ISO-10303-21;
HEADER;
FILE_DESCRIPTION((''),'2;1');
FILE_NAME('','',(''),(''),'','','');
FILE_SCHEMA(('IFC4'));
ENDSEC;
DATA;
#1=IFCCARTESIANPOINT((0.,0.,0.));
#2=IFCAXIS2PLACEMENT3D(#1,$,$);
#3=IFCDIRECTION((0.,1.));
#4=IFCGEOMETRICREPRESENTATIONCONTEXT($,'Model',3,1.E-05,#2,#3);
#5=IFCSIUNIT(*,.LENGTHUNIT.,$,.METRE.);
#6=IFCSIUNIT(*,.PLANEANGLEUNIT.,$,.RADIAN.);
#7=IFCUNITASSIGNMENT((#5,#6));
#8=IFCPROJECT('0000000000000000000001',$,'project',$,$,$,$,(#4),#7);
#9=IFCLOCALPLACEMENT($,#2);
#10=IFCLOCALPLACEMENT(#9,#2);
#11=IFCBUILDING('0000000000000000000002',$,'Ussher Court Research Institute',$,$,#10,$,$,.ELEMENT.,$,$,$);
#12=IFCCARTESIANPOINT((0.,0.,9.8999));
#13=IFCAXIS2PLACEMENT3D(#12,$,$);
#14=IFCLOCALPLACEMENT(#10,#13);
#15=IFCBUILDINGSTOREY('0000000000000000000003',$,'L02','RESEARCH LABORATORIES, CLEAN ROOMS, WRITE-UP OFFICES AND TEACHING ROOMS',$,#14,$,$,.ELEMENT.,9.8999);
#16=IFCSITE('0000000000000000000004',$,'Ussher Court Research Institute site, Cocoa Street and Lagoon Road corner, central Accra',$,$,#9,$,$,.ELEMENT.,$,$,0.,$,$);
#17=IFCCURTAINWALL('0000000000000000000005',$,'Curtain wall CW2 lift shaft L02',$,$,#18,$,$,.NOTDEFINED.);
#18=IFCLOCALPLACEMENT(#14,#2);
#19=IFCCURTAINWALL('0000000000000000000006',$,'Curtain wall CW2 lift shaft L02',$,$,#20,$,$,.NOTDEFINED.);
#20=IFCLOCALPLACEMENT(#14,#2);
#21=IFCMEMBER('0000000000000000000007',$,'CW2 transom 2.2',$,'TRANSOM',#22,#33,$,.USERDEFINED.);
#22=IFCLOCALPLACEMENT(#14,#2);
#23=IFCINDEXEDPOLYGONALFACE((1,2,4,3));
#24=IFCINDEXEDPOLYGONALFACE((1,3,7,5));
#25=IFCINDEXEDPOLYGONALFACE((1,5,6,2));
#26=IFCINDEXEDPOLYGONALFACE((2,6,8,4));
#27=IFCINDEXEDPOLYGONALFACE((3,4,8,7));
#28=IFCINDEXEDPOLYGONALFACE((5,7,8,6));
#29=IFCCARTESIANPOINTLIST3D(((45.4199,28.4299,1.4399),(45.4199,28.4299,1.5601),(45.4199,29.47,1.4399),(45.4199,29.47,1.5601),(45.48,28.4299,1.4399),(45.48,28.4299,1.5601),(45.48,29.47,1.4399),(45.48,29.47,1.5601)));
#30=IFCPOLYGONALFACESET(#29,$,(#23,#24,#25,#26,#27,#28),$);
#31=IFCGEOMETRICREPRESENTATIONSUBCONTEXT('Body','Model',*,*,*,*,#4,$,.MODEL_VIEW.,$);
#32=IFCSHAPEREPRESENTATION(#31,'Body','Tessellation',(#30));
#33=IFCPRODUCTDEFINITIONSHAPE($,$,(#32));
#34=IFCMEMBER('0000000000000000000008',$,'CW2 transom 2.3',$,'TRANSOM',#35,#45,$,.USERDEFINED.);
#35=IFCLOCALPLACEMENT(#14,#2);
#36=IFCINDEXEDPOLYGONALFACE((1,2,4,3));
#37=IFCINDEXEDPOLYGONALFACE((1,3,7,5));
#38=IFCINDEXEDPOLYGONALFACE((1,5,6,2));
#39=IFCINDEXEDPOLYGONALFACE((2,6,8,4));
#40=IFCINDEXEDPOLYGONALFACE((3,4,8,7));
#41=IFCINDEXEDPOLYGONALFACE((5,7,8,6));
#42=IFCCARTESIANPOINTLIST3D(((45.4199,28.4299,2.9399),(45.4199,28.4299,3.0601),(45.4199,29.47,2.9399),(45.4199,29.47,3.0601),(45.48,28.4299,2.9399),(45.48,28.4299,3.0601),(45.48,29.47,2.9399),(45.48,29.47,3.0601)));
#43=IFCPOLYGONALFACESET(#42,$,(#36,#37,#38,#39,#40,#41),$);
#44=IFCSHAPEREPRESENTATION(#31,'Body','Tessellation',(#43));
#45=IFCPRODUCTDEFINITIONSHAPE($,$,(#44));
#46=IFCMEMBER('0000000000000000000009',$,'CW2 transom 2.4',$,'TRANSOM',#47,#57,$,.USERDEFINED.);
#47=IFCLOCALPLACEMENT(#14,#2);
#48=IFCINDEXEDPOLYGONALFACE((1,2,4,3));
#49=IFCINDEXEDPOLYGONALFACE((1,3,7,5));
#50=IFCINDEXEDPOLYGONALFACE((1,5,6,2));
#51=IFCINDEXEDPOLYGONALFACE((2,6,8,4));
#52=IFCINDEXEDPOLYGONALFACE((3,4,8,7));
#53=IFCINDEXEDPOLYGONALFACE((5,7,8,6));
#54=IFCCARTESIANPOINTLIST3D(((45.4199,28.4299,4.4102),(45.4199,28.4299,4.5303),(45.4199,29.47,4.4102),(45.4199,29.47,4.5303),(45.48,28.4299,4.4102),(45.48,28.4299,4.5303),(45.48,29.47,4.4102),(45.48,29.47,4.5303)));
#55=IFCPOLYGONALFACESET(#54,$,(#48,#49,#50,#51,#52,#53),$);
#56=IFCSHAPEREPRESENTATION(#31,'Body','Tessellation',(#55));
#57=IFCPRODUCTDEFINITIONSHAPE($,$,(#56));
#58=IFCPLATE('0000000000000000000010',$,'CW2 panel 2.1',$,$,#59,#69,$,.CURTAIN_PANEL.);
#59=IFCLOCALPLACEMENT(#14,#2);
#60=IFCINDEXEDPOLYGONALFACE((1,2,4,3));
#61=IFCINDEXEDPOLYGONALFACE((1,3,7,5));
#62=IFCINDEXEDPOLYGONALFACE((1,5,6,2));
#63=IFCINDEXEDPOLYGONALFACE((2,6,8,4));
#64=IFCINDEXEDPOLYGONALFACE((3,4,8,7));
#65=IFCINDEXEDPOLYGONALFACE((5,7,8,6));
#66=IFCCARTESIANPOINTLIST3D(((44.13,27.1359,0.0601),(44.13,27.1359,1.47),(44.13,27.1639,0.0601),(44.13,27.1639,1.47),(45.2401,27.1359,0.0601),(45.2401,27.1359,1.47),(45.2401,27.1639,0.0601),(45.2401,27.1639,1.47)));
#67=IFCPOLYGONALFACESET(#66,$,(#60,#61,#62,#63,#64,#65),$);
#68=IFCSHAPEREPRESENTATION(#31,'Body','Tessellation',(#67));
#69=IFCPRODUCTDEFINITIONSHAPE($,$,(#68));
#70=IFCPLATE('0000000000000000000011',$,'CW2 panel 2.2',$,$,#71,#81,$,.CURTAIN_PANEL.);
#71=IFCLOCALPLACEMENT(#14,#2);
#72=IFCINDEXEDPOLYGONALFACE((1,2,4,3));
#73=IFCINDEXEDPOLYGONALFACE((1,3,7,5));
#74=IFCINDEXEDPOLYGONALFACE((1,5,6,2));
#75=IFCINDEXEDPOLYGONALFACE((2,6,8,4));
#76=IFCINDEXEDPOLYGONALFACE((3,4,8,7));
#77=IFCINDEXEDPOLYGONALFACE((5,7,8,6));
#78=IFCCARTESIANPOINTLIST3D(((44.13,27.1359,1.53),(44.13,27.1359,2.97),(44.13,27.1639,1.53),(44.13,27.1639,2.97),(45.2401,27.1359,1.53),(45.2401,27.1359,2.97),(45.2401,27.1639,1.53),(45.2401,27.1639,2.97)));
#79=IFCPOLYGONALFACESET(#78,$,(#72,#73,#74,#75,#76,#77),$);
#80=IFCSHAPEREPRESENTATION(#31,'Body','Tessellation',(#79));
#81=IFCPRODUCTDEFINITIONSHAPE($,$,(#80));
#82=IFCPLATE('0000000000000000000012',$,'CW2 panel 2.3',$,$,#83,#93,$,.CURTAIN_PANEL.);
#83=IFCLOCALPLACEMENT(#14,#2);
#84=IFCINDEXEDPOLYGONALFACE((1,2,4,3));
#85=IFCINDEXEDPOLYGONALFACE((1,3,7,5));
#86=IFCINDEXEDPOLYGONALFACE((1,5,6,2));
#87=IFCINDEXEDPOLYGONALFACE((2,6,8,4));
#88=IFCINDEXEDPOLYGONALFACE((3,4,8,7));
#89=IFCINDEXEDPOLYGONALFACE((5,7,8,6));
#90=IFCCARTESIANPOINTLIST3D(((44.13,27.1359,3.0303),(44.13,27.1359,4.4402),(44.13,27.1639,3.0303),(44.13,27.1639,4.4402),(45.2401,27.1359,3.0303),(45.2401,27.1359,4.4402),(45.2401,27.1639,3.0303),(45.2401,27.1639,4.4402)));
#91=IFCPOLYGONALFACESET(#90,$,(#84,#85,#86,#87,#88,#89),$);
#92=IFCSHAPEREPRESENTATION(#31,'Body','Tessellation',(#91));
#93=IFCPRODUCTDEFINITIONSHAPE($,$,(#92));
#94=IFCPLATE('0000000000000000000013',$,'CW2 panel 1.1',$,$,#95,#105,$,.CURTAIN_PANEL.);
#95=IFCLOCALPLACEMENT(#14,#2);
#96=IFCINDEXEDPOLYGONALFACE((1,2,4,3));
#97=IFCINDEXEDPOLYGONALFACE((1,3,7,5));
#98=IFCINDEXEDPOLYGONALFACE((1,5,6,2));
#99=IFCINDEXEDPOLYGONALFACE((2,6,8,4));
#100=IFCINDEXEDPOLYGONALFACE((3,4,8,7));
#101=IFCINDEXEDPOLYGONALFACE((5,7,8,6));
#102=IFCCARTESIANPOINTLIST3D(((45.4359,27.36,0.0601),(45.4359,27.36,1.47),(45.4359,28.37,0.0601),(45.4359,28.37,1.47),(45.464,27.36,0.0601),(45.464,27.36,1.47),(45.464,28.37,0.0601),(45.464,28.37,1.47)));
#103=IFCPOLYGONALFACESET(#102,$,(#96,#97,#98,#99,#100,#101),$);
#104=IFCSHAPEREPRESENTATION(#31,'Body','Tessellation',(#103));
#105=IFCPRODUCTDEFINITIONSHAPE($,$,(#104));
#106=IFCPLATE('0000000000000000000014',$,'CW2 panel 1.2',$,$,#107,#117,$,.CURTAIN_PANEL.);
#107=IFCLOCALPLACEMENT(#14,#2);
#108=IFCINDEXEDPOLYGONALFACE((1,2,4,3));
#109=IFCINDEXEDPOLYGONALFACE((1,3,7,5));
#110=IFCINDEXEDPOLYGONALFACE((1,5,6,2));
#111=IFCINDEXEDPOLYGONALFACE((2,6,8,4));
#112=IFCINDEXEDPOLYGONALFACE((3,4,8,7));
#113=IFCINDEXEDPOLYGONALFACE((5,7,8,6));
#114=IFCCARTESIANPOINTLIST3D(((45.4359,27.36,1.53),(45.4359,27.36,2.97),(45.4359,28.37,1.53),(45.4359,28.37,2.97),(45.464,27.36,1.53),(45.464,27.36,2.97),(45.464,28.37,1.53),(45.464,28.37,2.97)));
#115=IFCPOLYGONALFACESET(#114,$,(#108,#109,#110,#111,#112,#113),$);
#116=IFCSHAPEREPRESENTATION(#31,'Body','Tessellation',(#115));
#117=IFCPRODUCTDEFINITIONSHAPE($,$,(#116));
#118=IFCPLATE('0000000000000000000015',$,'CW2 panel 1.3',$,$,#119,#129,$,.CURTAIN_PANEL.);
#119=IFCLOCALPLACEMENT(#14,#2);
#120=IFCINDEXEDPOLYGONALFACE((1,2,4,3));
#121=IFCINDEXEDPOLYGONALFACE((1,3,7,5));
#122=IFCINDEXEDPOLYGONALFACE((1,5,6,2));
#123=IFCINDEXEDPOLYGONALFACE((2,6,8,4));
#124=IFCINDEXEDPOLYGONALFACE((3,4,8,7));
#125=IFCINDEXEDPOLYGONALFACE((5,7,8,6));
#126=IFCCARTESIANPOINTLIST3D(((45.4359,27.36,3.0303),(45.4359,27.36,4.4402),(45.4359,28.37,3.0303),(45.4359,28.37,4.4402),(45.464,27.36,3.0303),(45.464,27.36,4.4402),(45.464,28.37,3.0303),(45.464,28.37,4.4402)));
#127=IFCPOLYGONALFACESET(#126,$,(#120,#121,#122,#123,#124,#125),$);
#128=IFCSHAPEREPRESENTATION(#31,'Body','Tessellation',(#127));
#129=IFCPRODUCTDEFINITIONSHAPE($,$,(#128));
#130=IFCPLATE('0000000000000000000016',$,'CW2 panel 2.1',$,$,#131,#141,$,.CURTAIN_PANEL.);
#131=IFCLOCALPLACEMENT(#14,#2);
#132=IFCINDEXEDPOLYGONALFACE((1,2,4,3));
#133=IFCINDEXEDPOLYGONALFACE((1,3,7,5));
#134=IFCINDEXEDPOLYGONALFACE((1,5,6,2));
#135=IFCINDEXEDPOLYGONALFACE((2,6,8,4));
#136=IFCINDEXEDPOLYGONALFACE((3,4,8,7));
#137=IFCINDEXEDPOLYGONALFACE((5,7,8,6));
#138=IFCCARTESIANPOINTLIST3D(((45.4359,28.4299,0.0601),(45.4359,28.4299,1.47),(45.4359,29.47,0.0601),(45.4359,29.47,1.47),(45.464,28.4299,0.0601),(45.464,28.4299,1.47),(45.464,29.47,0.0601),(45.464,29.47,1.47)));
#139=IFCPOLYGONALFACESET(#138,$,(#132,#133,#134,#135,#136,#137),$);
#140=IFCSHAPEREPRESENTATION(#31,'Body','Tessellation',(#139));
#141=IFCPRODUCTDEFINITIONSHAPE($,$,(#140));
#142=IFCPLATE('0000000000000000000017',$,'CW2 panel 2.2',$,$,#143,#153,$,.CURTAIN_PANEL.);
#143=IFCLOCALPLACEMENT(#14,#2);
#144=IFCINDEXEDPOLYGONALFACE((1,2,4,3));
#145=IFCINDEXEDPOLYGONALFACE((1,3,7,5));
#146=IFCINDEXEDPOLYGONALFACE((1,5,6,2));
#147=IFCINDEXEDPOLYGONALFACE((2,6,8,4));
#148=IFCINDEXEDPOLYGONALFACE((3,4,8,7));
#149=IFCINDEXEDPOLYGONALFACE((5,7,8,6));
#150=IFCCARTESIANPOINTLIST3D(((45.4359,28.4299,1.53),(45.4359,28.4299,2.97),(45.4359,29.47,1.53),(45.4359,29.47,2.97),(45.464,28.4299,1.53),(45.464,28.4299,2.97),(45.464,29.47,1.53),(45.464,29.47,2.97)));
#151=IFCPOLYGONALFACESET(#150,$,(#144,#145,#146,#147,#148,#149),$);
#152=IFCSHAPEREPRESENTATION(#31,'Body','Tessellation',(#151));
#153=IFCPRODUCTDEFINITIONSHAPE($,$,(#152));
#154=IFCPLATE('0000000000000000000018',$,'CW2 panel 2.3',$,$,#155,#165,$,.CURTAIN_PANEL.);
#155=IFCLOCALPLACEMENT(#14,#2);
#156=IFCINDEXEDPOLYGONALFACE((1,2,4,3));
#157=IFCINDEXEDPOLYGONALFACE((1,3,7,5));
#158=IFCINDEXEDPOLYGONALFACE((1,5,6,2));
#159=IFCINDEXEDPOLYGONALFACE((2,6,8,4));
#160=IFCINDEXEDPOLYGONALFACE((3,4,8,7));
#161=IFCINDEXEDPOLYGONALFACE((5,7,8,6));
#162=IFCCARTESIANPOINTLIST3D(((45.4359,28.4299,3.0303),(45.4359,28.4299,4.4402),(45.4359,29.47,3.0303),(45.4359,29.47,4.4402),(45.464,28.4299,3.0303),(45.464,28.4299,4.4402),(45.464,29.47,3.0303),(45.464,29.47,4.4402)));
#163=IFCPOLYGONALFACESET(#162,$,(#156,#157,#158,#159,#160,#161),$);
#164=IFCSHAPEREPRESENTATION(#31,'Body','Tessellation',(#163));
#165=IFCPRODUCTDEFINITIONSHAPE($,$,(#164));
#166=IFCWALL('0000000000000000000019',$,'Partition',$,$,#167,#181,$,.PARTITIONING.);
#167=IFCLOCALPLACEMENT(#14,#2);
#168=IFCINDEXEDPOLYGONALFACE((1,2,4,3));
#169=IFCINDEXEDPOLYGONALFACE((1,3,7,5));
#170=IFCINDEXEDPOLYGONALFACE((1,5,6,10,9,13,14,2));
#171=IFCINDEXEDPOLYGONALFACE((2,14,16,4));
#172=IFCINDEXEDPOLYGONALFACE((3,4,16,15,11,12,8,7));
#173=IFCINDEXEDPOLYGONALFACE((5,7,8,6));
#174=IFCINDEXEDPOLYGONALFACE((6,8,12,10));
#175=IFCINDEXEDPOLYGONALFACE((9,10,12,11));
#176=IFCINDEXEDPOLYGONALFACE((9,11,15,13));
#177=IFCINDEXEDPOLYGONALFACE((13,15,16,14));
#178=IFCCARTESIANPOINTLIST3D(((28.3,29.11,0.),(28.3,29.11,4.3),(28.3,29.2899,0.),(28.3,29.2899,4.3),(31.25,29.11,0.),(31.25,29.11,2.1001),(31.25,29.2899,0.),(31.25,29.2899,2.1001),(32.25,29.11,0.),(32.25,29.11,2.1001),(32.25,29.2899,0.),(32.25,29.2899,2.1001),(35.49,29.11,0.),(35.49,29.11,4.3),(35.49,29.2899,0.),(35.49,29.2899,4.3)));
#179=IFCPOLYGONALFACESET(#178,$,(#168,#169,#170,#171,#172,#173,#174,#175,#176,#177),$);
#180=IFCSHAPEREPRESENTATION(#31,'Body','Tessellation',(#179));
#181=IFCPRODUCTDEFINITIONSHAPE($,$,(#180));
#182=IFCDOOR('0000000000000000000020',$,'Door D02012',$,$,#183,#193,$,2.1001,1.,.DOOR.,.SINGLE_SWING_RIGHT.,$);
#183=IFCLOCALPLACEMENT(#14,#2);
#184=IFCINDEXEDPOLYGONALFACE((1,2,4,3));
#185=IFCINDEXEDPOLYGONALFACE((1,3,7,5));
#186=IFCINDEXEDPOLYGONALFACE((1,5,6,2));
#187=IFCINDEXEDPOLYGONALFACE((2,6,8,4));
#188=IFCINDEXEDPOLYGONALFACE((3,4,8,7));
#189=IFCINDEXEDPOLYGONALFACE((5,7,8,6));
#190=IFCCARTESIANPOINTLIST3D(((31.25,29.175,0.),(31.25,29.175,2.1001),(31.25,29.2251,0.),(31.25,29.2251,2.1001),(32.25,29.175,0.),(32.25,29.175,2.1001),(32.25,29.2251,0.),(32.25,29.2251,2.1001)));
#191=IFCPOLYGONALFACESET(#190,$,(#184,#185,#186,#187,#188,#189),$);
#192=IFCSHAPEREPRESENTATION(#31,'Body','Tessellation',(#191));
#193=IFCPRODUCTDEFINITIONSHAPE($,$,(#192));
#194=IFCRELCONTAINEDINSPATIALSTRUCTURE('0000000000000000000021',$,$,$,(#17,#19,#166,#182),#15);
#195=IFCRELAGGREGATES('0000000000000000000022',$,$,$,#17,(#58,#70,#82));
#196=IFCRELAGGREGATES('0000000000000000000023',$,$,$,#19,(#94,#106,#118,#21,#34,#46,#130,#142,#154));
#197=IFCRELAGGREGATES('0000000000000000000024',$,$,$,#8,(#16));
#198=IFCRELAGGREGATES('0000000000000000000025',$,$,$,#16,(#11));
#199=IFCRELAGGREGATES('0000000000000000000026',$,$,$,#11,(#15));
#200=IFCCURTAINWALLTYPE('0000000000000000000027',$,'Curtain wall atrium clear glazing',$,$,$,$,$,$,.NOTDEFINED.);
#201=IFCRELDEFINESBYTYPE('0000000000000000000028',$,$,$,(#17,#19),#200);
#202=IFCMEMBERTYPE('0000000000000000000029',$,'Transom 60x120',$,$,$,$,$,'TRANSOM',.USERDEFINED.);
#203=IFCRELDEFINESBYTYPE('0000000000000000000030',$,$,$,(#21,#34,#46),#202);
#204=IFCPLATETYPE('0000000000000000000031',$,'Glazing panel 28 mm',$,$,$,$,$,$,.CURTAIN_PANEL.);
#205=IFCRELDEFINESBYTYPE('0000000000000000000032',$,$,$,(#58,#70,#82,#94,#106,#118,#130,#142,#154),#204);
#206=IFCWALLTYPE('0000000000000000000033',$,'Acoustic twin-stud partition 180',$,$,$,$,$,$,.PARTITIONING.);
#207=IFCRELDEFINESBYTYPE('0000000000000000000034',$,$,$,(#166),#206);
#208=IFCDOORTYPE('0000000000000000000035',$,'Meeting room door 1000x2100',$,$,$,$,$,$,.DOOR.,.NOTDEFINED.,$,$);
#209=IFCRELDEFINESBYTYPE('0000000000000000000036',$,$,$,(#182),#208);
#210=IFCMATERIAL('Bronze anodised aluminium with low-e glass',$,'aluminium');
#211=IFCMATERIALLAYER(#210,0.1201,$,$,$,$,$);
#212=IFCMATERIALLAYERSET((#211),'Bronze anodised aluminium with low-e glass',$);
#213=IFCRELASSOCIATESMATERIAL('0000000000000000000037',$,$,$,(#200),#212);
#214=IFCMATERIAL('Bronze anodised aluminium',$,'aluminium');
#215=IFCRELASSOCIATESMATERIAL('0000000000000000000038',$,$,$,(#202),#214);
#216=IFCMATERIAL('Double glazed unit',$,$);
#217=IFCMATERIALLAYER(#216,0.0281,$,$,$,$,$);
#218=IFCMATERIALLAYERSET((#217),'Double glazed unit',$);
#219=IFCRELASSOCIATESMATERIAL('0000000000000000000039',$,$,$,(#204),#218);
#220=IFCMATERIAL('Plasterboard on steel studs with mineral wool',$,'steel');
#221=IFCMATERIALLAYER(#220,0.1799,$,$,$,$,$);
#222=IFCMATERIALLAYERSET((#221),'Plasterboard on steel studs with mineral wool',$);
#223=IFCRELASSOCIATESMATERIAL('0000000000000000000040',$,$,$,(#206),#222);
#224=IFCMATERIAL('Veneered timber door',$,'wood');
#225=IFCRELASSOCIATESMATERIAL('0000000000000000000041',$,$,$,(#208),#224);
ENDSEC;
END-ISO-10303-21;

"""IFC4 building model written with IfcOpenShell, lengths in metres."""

from ifc_helpers import new_model, si_unit, direction, frame, frame_2d, origin, origin_2d, place, context, subcontext, project, spatial, rectangle, extrude, material, layer, layer_set, material_profile, profile_set, type_object, element, fill, aggregate, save


model = new_model("IFC4")

# Units and contexts
model_context = context("Model", 3, precision=1e-05, world=origin(), true_north=direction((0.0, 1.0)))
body_context = subcontext(model_context, "Body", "Model", "MODEL_VIEW")
ifc_project = project(units=[si_unit("LENGTHUNIT", "METRE"), si_unit("PLANEANGLEUNIT", "RADIAN")], contexts=[model_context])

# Site, building, storey
site_placement = place(None, origin())
site = spatial("IfcSite", under=ifc_project, at=site_placement, Name="Ussher Court Research Institute site, Cocoa Street and Lagoon Road corner, central Accra", CompositionType="ELEMENT", RefElevation=0.0)
building_placement = place(site_placement, origin())
building = spatial("IfcBuilding", under=site, at=building_placement, Name="Ussher Court Research Institute", CompositionType="ELEMENT")
storey_placement = place(building_placement, frame((0.0, 0.0, 9.8999)))
storey = spatial("IfcBuildingStorey", under=building, at=storey_placement, Name="L02", Description="RESEARCH LABORATORIES, CLEAN ROOMS, WRITE-UP OFFICES AND TEACHING ROOMS", CompositionType="ELEMENT", Elevation=9.8999)

# Curtain walls
ifc_material_1 = material(Name="Bronze anodised aluminium with low-e glass", Category="aluminium")
ifc_layer_1 = layer(ifc_material_1, 0.1201)
ifc_layer_set_1 = layer_set([ifc_layer_1], Name="Bronze anodised aluminium with low-e glass")
curtain_wall_type = type_object("IfcCurtainWallType", Name="Curtain wall atrium clear glazing", PredefinedType="NOTDEFINED", material=ifc_layer_set_1)
curtain_wall_1_placement = place(storey_placement, origin())
curtain_wall_1 = element("IfcCurtainWall", 1, at=curtain_wall_1_placement, inside=storey, type_object=curtain_wall_type, Name="Curtain wall CW2 lift shaft L02", PredefinedType="NOTDEFINED")
curtain_wall_2_placement = place(storey_placement, origin())
curtain_wall_2 = element("IfcCurtainWall", 2, at=curtain_wall_2_placement, inside=storey, type_object=curtain_wall_type, Name="Curtain wall CW2 lift shaft L02", PredefinedType="NOTDEFINED")

# Members
ifc_material_2 = material(Name="Bronze anodised aluminium", Category="aluminium")
ifc_material_profile_1 = material_profile(ifc_material_2, rectangle(XDim=0.0601, YDim=0.1201, at=origin_2d()), Name="Transom 60x120")
ifc_profile_set_1 = profile_set([ifc_material_profile_1], Name="Bronze anodised aluminium")
member_type_1 = type_object("IfcMemberType", Name="Transom 60x120", ElementType="TRANSOM", PredefinedType="USERDEFINED", material=ifc_profile_set_1)
member_1_placement = place(storey_placement, frame((45.45, 28.4299, 1.5), z_axis=(0.0, 1.0, 0.0), x_axis=(-1.0, 0.0, 0.0)))
member_1 = element("IfcMember", 3, at=member_1_placement, type_object=member_type_1, Name="CW2 transom 2.2", ObjectType="TRANSOM", PredefinedType="USERDEFINED", context=body_context, shape_type="SweptSolid", body=[
    extrude(rectangle(XDim=0.0601, YDim=0.1201, at=origin_2d()), origin(), (0.0, 0.0, 1.0), 1.04),
])
member_2_placement = place(storey_placement, frame((45.45, 28.4299, 3.0), z_axis=(0.0, 1.0, 0.0), x_axis=(-1.0, 0.0, 0.0)))
member_2 = element("IfcMember", 4, at=member_2_placement, type_object=member_type_1, Name="CW2 transom 2.3", ObjectType="TRANSOM", PredefinedType="USERDEFINED", context=body_context, shape_type="SweptSolid", body=[
    extrude(rectangle(XDim=0.0601, YDim=0.1201, at=origin_2d()), origin(), (0.0, 0.0, 1.0), 1.04),
])
member_3_placement = place(storey_placement, frame((45.45, 28.4299, 4.4702), z_axis=(0.0, 1.0, 0.0), x_axis=(-1.0, 0.0, 0.0)))
member_3 = element("IfcMember", 5, at=member_3_placement, type_object=member_type_1, Name="CW2 transom 2.4", ObjectType="TRANSOM", PredefinedType="USERDEFINED", context=body_context, shape_type="SweptSolid", body=[
    extrude(rectangle(XDim=0.0601, YDim=0.1201, at=origin_2d()), origin(), (0.0, 0.0, 1.0), 1.04),
])

# Plates
ifc_material_3 = material(Name="Double glazed unit")
ifc_layer_2 = layer(ifc_material_3, 0.0281)
ifc_layer_set_2 = layer_set([ifc_layer_2], Name="Double glazed unit")
plate_type = type_object("IfcPlateType", Name="Glazing panel 28 mm", PredefinedType="CURTAIN_PANEL", material=ifc_layer_set_2)
plate_1_placement = place(storey_placement, frame((44.6851, 27.1499, 0.0601), z_axis=(0.0, 0.0, 1.0), x_axis=(1.0, 0.0, 0.0)))
plate_1 = element("IfcPlate", 6, at=plate_1_placement, type_object=plate_type, Name="CW2 panel 2.1", PredefinedType="CURTAIN_PANEL", context=body_context, shape_type="SweptSolid", body=[
    extrude(rectangle(XDim=1.1101, YDim=0.0281, at=origin_2d()), origin(), (0.0, 0.0, 1.0), 1.4099),
])
plate_2_placement = place(storey_placement, frame((44.6851, 27.1499, 1.53), z_axis=(0.0, 0.0, 1.0), x_axis=(1.0, 0.0, 0.0)))
plate_2 = element("IfcPlate", 7, at=plate_2_placement, type_object=plate_type, Name="CW2 panel 2.2", PredefinedType="CURTAIN_PANEL", context=body_context, shape_type="SweptSolid", body=[
    extrude(rectangle(XDim=1.1101, YDim=0.0281, at=origin_2d()), origin(), (0.0, 0.0, 1.0), 1.4399),
])
plate_3_placement = place(storey_placement, frame((44.6851, 27.1499, 3.0303), z_axis=(0.0, 0.0, 1.0), x_axis=(1.0, 0.0, 0.0)))
plate_3 = element("IfcPlate", 8, at=plate_3_placement, type_object=plate_type, Name="CW2 panel 2.3", PredefinedType="CURTAIN_PANEL", context=body_context, shape_type="SweptSolid", body=[
    extrude(rectangle(XDim=1.1101, YDim=0.0281, at=origin_2d()), origin(), (0.0, 0.0, 1.0), 1.4099),
])
aggregate(curtain_wall_1, [plate_1, plate_2, plate_3])
plate_4_placement = place(storey_placement, frame((45.45, 27.865, 0.0601), z_axis=(0.0, 0.0, 1.0), x_axis=(0.0, 1.0, 0.0)))
plate_4 = element("IfcPlate", 9, at=plate_4_placement, type_object=plate_type, Name="CW2 panel 1.1", PredefinedType="CURTAIN_PANEL", context=body_context, shape_type="SweptSolid", body=[
    extrude(rectangle(XDim=1.01, YDim=0.0281, at=origin_2d()), origin(), (0.0, 0.0, 1.0), 1.4099),
])
plate_5_placement = place(storey_placement, frame((45.45, 27.865, 1.53), z_axis=(0.0, 0.0, 1.0), x_axis=(0.0, 1.0, 0.0)))
plate_5 = element("IfcPlate", 10, at=plate_5_placement, type_object=plate_type, Name="CW2 panel 1.2", PredefinedType="CURTAIN_PANEL", context=body_context, shape_type="SweptSolid", body=[
    extrude(rectangle(XDim=1.01, YDim=0.0281, at=origin_2d()), origin(), (0.0, 0.0, 1.0), 1.4399),
])
plate_6_placement = place(storey_placement, frame((45.45, 27.865, 3.0303), z_axis=(0.0, 0.0, 1.0), x_axis=(0.0, 1.0, 0.0)))
plate_6 = element("IfcPlate", 11, at=plate_6_placement, type_object=plate_type, Name="CW2 panel 1.3", PredefinedType="CURTAIN_PANEL", context=body_context, shape_type="SweptSolid", body=[
    extrude(rectangle(XDim=1.01, YDim=0.0281, at=origin_2d()), origin(), (0.0, 0.0, 1.0), 1.4099),
])
plate_7_placement = place(storey_placement, frame((45.45, 28.95, 0.0601), z_axis=(0.0, 0.0, 1.0), x_axis=(0.0, 1.0, 0.0)))
plate_7 = element("IfcPlate", 12, at=plate_7_placement, type_object=plate_type, Name="CW2 panel 2.1", PredefinedType="CURTAIN_PANEL", context=body_context, shape_type="SweptSolid", body=[
    extrude(rectangle(XDim=1.04, YDim=0.0281, at=origin_2d()), origin(), (0.0, 0.0, 1.0), 1.4099),
])
plate_8_placement = place(storey_placement, frame((45.45, 28.95, 1.53), z_axis=(0.0, 0.0, 1.0), x_axis=(0.0, 1.0, 0.0)))
plate_8 = element("IfcPlate", 13, at=plate_8_placement, type_object=plate_type, Name="CW2 panel 2.2", PredefinedType="CURTAIN_PANEL", context=body_context, shape_type="SweptSolid", body=[
    extrude(rectangle(XDim=1.04, YDim=0.0281, at=origin_2d()), origin(), (0.0, 0.0, 1.0), 1.4399),
])
plate_9_placement = place(storey_placement, frame((45.45, 28.95, 3.0303), z_axis=(0.0, 0.0, 1.0), x_axis=(0.0, 1.0, 0.0)))
plate_9 = element("IfcPlate", 14, at=plate_9_placement, type_object=plate_type, Name="CW2 panel 2.3", PredefinedType="CURTAIN_PANEL", context=body_context, shape_type="SweptSolid", body=[
    extrude(rectangle(XDim=1.04, YDim=0.0281, at=origin_2d()), origin(), (0.0, 0.0, 1.0), 1.4099),
])
aggregate(curtain_wall_2, [plate_4, plate_5, plate_6, member_1, member_2, member_3, plate_7, plate_8, plate_9])

# Wall, opening, door
ifc_material_4 = material(Name="Plasterboard on steel studs with mineral wool", Category="steel")
ifc_layer_3 = layer(ifc_material_4, 0.1799)
ifc_layer_set_3 = layer_set([ifc_layer_3], Name="Plasterboard on steel studs with mineral wool")
wall_type_1 = type_object("IfcWallType", Name="Acoustic twin-stud partition 180", PredefinedType="PARTITIONING", material=ifc_layer_set_3)
wall_1_placement = place(storey_placement, frame((35.49, 29.2, 0.0), z_axis=(0.0, 0.0, 1.0), x_axis=(-1.0, 0.0, 0.0)))
wall_1 = element("IfcWall", 15, at=wall_1_placement, inside=storey, type_object=wall_type_1, Name="Partition", PredefinedType="PARTITIONING", context=body_context, shape_type="SweptSolid", body=[
    extrude(rectangle(XDim=7.1899, YDim=0.1799, at=frame_2d((3.595, 0.0))), origin(), (0.0, 0.0, 1.0), 4.3),
])
opening_placement = place(wall_1_placement, frame((3.24, 0.0, 0.0)))
opening = element("IfcOpeningElement", 16, at=opening_placement, cuts=wall_1, PredefinedType="OPENING", context=body_context, shape_type="SweptSolid", body=[
    extrude(rectangle(XDim=1.0, YDim=2.1001, at=frame_2d((0.5, 1.05))), frame((0.0, 0.1001, 0.0), z_axis=(0.0, -1.0, 0.0), x_axis=(1.0, 0.0, 0.0)), (0.0, 0.0, 1.0), 0.2),
])
ifc_material_5 = material(Name="Veneered timber door", Category="wood")
door_type = type_object("IfcDoorType", Name="Meeting room door 1000x2100", OperationType="NOTDEFINED", PredefinedType="DOOR", material=ifc_material_5)
door_placement = place(opening_placement, origin())
door = element("IfcDoor", 17, at=door_placement, inside=storey, type_object=door_type, Name="Door D02012", OperationType="SINGLE_SWING_RIGHT", OverallHeight=2.1001, OverallWidth=1.0, PredefinedType="DOOR", context=body_context, shape_type="SweptSolid", body=[
    extrude(rectangle(XDim=1.0, YDim=2.1001, at=frame_2d((0.5, 1.05))), frame((0.0, 0.0249, 0.0), z_axis=(0.0, -1.0, 0.0), x_axis=(1.0, 0.0, 0.0)), (0.0, 0.0, 1.0), 0.05),
])
fill(opening, door)

save(model, "model.ifc")
